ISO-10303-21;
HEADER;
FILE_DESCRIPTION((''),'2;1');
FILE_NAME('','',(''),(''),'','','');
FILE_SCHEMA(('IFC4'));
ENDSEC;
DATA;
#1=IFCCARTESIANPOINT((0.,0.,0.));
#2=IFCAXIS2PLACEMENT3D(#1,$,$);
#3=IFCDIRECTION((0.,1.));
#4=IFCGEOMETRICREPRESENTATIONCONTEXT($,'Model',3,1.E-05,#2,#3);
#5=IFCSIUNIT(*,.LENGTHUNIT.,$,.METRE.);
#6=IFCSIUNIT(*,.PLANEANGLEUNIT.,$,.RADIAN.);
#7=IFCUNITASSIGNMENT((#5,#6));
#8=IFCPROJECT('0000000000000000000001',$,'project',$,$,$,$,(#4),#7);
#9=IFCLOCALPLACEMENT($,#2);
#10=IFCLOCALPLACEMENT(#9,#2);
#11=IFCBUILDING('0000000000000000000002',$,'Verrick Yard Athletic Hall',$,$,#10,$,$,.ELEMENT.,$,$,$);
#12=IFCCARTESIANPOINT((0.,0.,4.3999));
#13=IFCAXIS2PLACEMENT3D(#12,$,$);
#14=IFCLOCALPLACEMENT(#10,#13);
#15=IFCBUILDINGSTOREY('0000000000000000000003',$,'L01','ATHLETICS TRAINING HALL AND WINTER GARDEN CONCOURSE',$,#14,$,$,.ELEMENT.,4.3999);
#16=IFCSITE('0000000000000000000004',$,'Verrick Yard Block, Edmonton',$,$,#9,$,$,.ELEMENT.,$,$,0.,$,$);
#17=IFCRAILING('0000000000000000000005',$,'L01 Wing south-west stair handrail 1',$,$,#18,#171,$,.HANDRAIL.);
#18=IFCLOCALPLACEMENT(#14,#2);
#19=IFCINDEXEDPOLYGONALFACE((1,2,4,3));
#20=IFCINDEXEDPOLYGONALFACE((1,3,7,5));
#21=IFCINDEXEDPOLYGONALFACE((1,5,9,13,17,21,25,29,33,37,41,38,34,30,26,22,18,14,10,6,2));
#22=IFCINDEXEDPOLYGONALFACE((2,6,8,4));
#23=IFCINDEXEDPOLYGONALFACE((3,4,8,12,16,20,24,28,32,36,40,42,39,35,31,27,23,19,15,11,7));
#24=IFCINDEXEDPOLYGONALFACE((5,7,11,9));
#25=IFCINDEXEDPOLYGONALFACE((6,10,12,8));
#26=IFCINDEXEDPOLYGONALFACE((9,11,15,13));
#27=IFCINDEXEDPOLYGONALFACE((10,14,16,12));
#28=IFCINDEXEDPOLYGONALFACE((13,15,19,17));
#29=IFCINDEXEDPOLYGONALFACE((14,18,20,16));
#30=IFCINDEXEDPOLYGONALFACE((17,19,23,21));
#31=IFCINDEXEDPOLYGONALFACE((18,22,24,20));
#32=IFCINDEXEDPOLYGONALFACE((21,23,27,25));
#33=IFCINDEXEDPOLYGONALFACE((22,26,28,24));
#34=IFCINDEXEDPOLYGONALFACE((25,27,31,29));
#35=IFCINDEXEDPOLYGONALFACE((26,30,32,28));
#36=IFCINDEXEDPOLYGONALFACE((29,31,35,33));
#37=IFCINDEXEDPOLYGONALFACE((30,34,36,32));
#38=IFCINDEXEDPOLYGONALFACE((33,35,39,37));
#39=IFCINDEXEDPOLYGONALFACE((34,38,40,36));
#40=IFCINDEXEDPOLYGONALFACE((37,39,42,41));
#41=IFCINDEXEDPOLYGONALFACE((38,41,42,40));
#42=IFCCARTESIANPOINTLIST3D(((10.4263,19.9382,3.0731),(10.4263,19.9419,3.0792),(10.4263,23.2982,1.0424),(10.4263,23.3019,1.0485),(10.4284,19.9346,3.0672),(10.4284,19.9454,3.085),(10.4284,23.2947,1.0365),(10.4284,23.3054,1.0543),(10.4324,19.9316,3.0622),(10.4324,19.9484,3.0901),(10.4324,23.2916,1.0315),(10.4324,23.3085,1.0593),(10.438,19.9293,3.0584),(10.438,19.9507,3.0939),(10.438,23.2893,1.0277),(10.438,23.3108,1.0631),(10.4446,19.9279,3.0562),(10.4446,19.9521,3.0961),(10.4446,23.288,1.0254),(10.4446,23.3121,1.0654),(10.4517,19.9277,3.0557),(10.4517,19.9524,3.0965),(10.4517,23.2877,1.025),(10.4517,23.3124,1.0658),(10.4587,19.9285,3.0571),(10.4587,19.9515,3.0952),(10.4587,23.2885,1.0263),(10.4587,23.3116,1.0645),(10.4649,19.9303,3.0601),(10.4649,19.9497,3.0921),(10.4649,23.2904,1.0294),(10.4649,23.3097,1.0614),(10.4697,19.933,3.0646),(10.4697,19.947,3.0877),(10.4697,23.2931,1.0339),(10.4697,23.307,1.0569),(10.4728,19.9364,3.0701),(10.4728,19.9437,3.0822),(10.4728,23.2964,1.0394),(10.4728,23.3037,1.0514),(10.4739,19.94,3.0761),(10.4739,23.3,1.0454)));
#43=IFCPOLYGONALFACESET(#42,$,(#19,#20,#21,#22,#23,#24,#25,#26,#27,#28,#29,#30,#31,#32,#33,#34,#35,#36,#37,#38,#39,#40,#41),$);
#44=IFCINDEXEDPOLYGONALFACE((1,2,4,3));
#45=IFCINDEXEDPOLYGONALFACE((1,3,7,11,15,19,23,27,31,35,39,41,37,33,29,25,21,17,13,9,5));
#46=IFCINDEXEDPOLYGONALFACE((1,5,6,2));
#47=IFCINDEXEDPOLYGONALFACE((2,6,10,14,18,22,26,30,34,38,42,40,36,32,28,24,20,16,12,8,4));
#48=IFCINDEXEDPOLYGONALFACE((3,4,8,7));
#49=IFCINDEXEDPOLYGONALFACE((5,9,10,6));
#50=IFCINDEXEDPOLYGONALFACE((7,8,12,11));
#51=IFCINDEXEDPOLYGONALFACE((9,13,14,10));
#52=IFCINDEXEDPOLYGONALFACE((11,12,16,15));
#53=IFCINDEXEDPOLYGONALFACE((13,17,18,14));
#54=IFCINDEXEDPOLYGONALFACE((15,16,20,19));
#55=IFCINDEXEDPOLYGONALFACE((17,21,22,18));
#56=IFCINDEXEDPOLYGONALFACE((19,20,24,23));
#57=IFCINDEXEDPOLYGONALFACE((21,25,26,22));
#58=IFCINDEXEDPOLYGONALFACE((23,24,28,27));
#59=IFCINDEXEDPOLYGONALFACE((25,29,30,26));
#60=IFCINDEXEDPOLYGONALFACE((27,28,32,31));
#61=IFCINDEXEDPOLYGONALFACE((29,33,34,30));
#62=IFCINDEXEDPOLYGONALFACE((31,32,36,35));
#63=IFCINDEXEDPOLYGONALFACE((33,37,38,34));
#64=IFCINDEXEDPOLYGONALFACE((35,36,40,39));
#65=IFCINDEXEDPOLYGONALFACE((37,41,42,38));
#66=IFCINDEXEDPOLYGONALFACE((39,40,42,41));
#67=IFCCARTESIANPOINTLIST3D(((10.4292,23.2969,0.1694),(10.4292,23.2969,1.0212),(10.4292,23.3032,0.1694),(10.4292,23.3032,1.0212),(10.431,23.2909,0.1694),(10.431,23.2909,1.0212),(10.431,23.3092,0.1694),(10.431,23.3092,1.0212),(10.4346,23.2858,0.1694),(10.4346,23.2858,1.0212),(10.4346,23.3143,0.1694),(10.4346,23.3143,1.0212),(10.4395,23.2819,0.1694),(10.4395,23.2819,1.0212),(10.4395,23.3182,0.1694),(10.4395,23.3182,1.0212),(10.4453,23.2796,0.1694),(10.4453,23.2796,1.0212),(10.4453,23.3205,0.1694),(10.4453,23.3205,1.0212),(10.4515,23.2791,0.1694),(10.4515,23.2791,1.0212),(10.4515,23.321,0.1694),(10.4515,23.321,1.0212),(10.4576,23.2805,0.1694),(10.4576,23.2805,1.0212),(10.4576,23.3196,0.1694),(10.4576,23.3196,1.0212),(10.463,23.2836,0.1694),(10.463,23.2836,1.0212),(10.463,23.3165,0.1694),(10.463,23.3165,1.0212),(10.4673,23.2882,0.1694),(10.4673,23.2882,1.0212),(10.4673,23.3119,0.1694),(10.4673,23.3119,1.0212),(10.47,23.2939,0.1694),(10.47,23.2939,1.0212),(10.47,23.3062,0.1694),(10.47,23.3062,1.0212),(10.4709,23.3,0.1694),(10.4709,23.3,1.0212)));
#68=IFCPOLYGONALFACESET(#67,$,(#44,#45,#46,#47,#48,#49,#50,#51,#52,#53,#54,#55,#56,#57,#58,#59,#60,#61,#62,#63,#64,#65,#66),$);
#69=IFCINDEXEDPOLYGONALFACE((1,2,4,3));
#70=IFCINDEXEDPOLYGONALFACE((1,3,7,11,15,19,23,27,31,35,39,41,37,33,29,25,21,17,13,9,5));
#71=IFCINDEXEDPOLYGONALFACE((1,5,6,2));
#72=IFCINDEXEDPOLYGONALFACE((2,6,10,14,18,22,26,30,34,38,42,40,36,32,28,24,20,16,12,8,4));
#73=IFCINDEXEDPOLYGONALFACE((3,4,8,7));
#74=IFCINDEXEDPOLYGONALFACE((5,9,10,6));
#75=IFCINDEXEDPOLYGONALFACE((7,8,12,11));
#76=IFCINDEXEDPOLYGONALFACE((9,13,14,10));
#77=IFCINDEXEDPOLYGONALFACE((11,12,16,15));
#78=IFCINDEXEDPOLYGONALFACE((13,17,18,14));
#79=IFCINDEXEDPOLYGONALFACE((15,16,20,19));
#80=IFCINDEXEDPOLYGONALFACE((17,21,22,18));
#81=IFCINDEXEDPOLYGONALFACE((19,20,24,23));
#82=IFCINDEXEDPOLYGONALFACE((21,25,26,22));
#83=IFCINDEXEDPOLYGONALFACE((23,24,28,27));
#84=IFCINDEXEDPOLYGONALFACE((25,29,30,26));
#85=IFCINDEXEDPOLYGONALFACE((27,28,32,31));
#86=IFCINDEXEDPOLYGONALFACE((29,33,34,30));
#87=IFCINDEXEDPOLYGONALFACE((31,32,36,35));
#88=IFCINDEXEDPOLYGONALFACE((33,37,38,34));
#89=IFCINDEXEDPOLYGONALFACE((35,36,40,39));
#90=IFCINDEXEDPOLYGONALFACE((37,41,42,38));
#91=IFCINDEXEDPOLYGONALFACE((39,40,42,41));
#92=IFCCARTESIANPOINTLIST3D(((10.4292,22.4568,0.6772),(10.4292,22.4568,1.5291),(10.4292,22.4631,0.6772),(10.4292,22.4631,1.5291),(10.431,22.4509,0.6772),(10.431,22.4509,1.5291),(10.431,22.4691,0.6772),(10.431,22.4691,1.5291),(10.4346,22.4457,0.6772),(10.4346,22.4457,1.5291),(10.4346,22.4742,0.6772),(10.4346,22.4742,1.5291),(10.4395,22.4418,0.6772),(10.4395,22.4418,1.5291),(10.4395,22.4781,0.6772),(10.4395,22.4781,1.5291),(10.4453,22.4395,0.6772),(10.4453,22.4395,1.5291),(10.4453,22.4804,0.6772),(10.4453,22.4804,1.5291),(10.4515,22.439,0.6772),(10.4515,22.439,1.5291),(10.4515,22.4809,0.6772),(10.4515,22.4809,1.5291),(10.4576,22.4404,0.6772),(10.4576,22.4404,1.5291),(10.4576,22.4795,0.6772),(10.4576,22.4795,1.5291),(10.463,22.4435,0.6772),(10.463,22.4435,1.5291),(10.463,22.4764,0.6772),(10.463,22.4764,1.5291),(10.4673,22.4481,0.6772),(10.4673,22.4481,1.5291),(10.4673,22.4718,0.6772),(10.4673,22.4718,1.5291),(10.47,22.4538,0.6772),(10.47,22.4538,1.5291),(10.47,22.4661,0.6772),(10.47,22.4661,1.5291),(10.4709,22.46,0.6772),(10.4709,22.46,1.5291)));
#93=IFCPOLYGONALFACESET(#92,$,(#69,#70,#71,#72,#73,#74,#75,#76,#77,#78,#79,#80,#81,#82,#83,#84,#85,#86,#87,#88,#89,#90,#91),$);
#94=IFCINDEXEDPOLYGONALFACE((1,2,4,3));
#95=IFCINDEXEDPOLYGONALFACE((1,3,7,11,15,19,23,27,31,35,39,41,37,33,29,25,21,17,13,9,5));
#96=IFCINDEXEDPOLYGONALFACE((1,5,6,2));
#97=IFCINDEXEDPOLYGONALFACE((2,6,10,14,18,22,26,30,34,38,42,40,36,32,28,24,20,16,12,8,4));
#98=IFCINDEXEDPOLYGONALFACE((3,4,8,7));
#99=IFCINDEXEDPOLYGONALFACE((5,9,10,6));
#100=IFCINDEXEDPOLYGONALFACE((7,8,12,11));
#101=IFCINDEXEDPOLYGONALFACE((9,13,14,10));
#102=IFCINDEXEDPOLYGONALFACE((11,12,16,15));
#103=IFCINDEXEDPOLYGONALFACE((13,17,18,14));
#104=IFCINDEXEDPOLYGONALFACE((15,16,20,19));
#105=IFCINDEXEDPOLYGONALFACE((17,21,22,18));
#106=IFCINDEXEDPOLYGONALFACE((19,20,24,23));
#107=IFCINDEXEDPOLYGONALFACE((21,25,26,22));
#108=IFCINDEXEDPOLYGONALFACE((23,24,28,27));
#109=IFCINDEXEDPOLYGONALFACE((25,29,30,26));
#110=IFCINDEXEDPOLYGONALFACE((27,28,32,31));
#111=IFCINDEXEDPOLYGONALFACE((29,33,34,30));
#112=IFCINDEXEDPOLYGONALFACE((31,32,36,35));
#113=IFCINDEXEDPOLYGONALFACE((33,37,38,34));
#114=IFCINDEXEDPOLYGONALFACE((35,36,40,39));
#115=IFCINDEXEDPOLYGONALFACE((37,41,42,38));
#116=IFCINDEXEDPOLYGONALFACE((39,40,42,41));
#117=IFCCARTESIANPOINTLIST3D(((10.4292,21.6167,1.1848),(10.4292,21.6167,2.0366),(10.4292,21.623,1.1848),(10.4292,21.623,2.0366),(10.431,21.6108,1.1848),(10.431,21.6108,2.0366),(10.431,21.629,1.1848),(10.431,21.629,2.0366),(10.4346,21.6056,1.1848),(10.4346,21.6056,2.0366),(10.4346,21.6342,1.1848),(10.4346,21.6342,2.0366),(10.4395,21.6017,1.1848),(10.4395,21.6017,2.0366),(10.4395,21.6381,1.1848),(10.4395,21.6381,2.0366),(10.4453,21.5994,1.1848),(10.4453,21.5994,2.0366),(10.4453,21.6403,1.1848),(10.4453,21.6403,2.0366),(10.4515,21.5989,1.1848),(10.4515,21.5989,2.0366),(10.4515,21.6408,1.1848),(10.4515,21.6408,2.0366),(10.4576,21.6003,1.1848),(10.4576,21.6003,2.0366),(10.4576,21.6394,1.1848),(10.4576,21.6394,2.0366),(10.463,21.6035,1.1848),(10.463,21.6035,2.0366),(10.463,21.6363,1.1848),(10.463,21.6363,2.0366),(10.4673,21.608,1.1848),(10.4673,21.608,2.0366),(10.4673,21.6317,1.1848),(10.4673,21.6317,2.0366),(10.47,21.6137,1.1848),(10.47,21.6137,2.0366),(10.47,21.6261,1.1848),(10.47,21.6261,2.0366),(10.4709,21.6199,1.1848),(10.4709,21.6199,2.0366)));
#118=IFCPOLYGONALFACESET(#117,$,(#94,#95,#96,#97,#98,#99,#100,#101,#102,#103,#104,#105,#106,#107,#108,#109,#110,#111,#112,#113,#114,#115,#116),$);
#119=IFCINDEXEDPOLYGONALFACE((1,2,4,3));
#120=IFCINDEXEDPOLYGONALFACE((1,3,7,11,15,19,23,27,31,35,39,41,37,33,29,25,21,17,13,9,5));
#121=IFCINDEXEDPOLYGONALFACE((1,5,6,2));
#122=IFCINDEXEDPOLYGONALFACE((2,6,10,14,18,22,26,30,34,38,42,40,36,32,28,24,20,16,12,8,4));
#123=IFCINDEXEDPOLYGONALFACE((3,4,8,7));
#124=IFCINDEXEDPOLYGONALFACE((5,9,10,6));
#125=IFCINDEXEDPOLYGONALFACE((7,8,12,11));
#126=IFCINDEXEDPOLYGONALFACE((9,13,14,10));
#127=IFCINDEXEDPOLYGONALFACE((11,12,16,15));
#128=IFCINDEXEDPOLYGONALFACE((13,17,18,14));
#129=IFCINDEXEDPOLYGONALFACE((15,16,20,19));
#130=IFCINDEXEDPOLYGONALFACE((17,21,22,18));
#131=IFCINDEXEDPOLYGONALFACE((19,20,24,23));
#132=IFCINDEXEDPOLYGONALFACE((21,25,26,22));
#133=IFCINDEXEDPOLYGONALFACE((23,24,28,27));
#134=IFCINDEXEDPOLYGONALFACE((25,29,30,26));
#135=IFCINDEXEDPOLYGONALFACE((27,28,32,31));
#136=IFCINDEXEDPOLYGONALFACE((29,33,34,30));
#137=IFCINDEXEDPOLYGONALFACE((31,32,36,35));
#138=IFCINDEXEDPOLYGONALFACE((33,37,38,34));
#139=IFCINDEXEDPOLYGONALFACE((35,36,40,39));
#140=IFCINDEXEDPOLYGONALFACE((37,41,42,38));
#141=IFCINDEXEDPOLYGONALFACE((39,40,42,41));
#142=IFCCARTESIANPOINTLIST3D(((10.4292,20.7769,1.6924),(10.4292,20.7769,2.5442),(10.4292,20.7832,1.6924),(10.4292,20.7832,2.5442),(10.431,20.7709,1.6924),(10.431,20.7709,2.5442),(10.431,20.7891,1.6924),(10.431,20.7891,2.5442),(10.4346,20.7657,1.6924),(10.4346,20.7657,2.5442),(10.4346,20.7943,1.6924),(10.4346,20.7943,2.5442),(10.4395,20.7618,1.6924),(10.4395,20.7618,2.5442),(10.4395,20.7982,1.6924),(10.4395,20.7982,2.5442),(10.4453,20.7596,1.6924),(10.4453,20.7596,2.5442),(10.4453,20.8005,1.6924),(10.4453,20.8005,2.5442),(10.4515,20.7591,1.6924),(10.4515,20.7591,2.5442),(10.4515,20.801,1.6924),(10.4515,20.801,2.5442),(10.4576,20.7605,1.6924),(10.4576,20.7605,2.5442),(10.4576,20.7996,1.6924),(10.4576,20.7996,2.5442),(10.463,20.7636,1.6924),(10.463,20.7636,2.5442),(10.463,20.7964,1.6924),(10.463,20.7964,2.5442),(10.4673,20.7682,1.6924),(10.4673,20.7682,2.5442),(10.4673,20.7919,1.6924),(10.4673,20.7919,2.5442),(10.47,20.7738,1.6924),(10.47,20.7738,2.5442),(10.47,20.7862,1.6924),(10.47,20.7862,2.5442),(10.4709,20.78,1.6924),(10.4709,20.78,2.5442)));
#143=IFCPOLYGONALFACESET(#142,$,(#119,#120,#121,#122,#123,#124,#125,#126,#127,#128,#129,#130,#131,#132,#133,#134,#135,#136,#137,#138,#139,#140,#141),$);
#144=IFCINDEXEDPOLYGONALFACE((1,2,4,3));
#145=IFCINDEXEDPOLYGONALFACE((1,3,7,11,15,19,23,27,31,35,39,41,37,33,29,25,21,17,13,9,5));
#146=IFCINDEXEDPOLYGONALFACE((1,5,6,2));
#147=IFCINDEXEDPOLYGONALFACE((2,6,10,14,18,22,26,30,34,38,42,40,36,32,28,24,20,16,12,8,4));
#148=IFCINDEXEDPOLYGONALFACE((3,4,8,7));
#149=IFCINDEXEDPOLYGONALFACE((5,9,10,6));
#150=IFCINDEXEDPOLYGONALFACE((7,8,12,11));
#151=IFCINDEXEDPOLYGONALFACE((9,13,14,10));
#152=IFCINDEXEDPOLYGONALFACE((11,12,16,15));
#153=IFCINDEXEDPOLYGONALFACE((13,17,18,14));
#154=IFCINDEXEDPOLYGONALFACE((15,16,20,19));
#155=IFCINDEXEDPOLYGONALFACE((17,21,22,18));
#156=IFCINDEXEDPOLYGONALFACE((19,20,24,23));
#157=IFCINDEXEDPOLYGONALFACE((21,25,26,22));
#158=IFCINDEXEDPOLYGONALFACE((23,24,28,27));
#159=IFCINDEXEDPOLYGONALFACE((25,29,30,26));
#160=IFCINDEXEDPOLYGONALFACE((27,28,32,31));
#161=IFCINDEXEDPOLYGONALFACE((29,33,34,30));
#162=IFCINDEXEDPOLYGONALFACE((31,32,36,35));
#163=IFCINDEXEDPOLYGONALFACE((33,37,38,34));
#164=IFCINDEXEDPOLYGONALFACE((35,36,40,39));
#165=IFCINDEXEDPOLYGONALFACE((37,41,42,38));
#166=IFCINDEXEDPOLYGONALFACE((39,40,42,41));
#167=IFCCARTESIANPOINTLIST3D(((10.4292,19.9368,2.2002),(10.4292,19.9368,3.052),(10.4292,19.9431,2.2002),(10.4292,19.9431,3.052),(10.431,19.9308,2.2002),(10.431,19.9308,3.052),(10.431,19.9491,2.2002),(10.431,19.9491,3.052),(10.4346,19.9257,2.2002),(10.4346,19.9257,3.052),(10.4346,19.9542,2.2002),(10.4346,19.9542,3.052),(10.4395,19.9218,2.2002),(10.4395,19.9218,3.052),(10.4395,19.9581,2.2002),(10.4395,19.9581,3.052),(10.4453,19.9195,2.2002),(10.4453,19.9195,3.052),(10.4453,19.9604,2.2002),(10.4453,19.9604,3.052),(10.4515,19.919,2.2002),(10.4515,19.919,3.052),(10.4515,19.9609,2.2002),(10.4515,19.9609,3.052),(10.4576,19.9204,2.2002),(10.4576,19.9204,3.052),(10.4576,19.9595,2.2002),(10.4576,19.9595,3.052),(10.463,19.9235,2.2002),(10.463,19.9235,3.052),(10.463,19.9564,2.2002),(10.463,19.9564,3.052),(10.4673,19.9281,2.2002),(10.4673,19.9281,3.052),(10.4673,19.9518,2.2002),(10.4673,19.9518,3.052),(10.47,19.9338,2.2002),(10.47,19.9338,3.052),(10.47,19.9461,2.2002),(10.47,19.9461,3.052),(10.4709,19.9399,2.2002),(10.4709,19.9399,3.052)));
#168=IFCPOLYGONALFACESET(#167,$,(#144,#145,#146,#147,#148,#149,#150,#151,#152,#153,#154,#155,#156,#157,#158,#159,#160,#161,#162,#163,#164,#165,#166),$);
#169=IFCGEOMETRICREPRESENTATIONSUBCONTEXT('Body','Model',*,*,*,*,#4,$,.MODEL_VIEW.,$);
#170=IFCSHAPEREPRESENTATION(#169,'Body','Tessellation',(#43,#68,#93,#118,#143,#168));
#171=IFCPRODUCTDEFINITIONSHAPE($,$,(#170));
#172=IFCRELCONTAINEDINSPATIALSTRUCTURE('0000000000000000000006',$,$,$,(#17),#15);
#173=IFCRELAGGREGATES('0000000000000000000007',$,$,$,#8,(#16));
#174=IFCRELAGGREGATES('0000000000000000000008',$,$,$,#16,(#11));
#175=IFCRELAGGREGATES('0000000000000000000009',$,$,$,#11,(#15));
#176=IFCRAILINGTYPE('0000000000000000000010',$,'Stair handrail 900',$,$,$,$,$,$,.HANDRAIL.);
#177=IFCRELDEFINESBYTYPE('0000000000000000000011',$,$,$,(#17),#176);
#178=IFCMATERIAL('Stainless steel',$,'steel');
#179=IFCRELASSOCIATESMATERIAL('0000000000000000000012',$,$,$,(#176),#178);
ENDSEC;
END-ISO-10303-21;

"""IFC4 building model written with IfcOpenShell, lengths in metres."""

from ifc_helpers import new_model, si_unit, direction, frame, origin, origin_2d, place, context, subcontext, project, spatial, circle, extrude, material, type_object, element, save


model = new_model("IFC4")

# Units and contexts
model_context = context("Model", 3, precision=1e-05, world=origin(), true_north=direction((0.0, 1.0)))
body_context = subcontext(model_context, "Body", "Model", "MODEL_VIEW")
ifc_project = project(units=[si_unit("LENGTHUNIT", "METRE"), si_unit("PLANEANGLEUNIT", "RADIAN")], contexts=[model_context])

# Site, building, storey
site_placement = place(None, origin())
site = spatial("IfcSite", under=ifc_project, at=site_placement, Name="Verrick Yard Block, Edmonton", CompositionType="ELEMENT", RefElevation=0.0)
building_placement = place(site_placement, origin())
building = spatial("IfcBuilding", under=site, at=building_placement, Name="Verrick Yard Athletic Hall", CompositionType="ELEMENT")
storey_placement = place(building_placement, frame((0.0, 0.0, 4.3999)))
storey = spatial("IfcBuildingStorey", under=building, at=storey_placement, Name="L01", Description="ATHLETICS TRAINING HALL AND WINTER GARDEN CONCOURSE", CompositionType="ELEMENT", Elevation=4.3999)

# Railing
ifc_material_1 = material(Name="Stainless steel", Category="steel")
railing_type_1 = type_object("IfcRailingType", Name="Stair handrail 900", PredefinedType="HANDRAIL", material=ifc_material_1)
railing_1_placement = place(storey_placement, frame((10.45, 23.3, 0.1694)))
element("IfcRailing", 1, at=railing_1_placement, inside=storey, type_object=railing_type_1, Name="L01 Wing south-west stair handrail 1", PredefinedType="HANDRAIL", context=body_context, shape_type="SweptSolid", body=[
    extrude(circle(Radius=0.0239, at=origin_2d()), frame((0.0, 0.0, 0.876), z_axis=(0.0, -0.855837, 0.517246), x_axis=(1.0, 0.0, 0.0)), (0.0, 0.0, 1.0), 3.926),
    extrude(circle(Radius=0.021, at=origin_2d()), origin(), (0.0, 0.0, 1.0), 0.8518),
    extrude(circle(Radius=0.021, at=origin_2d()), frame((0.0, -0.8401, 0.5078)), (0.0, 0.0, 1.0), 0.8518),
    extrude(circle(Radius=0.021, at=origin_2d()), frame((0.0, -1.6802, 1.0154)), (0.0, 0.0, 1.0), 0.8518),
    extrude(circle(Radius=0.021, at=origin_2d()), frame((0.0, -2.52, 1.5229)), (0.0, 0.0, 1.0), 0.8518),
    extrude(circle(Radius=0.021, at=origin_2d()), frame((0.0, -3.3601, 2.0308)), (0.0, 0.0, 1.0), 0.8518),
])

save(model, "model.ifc")
